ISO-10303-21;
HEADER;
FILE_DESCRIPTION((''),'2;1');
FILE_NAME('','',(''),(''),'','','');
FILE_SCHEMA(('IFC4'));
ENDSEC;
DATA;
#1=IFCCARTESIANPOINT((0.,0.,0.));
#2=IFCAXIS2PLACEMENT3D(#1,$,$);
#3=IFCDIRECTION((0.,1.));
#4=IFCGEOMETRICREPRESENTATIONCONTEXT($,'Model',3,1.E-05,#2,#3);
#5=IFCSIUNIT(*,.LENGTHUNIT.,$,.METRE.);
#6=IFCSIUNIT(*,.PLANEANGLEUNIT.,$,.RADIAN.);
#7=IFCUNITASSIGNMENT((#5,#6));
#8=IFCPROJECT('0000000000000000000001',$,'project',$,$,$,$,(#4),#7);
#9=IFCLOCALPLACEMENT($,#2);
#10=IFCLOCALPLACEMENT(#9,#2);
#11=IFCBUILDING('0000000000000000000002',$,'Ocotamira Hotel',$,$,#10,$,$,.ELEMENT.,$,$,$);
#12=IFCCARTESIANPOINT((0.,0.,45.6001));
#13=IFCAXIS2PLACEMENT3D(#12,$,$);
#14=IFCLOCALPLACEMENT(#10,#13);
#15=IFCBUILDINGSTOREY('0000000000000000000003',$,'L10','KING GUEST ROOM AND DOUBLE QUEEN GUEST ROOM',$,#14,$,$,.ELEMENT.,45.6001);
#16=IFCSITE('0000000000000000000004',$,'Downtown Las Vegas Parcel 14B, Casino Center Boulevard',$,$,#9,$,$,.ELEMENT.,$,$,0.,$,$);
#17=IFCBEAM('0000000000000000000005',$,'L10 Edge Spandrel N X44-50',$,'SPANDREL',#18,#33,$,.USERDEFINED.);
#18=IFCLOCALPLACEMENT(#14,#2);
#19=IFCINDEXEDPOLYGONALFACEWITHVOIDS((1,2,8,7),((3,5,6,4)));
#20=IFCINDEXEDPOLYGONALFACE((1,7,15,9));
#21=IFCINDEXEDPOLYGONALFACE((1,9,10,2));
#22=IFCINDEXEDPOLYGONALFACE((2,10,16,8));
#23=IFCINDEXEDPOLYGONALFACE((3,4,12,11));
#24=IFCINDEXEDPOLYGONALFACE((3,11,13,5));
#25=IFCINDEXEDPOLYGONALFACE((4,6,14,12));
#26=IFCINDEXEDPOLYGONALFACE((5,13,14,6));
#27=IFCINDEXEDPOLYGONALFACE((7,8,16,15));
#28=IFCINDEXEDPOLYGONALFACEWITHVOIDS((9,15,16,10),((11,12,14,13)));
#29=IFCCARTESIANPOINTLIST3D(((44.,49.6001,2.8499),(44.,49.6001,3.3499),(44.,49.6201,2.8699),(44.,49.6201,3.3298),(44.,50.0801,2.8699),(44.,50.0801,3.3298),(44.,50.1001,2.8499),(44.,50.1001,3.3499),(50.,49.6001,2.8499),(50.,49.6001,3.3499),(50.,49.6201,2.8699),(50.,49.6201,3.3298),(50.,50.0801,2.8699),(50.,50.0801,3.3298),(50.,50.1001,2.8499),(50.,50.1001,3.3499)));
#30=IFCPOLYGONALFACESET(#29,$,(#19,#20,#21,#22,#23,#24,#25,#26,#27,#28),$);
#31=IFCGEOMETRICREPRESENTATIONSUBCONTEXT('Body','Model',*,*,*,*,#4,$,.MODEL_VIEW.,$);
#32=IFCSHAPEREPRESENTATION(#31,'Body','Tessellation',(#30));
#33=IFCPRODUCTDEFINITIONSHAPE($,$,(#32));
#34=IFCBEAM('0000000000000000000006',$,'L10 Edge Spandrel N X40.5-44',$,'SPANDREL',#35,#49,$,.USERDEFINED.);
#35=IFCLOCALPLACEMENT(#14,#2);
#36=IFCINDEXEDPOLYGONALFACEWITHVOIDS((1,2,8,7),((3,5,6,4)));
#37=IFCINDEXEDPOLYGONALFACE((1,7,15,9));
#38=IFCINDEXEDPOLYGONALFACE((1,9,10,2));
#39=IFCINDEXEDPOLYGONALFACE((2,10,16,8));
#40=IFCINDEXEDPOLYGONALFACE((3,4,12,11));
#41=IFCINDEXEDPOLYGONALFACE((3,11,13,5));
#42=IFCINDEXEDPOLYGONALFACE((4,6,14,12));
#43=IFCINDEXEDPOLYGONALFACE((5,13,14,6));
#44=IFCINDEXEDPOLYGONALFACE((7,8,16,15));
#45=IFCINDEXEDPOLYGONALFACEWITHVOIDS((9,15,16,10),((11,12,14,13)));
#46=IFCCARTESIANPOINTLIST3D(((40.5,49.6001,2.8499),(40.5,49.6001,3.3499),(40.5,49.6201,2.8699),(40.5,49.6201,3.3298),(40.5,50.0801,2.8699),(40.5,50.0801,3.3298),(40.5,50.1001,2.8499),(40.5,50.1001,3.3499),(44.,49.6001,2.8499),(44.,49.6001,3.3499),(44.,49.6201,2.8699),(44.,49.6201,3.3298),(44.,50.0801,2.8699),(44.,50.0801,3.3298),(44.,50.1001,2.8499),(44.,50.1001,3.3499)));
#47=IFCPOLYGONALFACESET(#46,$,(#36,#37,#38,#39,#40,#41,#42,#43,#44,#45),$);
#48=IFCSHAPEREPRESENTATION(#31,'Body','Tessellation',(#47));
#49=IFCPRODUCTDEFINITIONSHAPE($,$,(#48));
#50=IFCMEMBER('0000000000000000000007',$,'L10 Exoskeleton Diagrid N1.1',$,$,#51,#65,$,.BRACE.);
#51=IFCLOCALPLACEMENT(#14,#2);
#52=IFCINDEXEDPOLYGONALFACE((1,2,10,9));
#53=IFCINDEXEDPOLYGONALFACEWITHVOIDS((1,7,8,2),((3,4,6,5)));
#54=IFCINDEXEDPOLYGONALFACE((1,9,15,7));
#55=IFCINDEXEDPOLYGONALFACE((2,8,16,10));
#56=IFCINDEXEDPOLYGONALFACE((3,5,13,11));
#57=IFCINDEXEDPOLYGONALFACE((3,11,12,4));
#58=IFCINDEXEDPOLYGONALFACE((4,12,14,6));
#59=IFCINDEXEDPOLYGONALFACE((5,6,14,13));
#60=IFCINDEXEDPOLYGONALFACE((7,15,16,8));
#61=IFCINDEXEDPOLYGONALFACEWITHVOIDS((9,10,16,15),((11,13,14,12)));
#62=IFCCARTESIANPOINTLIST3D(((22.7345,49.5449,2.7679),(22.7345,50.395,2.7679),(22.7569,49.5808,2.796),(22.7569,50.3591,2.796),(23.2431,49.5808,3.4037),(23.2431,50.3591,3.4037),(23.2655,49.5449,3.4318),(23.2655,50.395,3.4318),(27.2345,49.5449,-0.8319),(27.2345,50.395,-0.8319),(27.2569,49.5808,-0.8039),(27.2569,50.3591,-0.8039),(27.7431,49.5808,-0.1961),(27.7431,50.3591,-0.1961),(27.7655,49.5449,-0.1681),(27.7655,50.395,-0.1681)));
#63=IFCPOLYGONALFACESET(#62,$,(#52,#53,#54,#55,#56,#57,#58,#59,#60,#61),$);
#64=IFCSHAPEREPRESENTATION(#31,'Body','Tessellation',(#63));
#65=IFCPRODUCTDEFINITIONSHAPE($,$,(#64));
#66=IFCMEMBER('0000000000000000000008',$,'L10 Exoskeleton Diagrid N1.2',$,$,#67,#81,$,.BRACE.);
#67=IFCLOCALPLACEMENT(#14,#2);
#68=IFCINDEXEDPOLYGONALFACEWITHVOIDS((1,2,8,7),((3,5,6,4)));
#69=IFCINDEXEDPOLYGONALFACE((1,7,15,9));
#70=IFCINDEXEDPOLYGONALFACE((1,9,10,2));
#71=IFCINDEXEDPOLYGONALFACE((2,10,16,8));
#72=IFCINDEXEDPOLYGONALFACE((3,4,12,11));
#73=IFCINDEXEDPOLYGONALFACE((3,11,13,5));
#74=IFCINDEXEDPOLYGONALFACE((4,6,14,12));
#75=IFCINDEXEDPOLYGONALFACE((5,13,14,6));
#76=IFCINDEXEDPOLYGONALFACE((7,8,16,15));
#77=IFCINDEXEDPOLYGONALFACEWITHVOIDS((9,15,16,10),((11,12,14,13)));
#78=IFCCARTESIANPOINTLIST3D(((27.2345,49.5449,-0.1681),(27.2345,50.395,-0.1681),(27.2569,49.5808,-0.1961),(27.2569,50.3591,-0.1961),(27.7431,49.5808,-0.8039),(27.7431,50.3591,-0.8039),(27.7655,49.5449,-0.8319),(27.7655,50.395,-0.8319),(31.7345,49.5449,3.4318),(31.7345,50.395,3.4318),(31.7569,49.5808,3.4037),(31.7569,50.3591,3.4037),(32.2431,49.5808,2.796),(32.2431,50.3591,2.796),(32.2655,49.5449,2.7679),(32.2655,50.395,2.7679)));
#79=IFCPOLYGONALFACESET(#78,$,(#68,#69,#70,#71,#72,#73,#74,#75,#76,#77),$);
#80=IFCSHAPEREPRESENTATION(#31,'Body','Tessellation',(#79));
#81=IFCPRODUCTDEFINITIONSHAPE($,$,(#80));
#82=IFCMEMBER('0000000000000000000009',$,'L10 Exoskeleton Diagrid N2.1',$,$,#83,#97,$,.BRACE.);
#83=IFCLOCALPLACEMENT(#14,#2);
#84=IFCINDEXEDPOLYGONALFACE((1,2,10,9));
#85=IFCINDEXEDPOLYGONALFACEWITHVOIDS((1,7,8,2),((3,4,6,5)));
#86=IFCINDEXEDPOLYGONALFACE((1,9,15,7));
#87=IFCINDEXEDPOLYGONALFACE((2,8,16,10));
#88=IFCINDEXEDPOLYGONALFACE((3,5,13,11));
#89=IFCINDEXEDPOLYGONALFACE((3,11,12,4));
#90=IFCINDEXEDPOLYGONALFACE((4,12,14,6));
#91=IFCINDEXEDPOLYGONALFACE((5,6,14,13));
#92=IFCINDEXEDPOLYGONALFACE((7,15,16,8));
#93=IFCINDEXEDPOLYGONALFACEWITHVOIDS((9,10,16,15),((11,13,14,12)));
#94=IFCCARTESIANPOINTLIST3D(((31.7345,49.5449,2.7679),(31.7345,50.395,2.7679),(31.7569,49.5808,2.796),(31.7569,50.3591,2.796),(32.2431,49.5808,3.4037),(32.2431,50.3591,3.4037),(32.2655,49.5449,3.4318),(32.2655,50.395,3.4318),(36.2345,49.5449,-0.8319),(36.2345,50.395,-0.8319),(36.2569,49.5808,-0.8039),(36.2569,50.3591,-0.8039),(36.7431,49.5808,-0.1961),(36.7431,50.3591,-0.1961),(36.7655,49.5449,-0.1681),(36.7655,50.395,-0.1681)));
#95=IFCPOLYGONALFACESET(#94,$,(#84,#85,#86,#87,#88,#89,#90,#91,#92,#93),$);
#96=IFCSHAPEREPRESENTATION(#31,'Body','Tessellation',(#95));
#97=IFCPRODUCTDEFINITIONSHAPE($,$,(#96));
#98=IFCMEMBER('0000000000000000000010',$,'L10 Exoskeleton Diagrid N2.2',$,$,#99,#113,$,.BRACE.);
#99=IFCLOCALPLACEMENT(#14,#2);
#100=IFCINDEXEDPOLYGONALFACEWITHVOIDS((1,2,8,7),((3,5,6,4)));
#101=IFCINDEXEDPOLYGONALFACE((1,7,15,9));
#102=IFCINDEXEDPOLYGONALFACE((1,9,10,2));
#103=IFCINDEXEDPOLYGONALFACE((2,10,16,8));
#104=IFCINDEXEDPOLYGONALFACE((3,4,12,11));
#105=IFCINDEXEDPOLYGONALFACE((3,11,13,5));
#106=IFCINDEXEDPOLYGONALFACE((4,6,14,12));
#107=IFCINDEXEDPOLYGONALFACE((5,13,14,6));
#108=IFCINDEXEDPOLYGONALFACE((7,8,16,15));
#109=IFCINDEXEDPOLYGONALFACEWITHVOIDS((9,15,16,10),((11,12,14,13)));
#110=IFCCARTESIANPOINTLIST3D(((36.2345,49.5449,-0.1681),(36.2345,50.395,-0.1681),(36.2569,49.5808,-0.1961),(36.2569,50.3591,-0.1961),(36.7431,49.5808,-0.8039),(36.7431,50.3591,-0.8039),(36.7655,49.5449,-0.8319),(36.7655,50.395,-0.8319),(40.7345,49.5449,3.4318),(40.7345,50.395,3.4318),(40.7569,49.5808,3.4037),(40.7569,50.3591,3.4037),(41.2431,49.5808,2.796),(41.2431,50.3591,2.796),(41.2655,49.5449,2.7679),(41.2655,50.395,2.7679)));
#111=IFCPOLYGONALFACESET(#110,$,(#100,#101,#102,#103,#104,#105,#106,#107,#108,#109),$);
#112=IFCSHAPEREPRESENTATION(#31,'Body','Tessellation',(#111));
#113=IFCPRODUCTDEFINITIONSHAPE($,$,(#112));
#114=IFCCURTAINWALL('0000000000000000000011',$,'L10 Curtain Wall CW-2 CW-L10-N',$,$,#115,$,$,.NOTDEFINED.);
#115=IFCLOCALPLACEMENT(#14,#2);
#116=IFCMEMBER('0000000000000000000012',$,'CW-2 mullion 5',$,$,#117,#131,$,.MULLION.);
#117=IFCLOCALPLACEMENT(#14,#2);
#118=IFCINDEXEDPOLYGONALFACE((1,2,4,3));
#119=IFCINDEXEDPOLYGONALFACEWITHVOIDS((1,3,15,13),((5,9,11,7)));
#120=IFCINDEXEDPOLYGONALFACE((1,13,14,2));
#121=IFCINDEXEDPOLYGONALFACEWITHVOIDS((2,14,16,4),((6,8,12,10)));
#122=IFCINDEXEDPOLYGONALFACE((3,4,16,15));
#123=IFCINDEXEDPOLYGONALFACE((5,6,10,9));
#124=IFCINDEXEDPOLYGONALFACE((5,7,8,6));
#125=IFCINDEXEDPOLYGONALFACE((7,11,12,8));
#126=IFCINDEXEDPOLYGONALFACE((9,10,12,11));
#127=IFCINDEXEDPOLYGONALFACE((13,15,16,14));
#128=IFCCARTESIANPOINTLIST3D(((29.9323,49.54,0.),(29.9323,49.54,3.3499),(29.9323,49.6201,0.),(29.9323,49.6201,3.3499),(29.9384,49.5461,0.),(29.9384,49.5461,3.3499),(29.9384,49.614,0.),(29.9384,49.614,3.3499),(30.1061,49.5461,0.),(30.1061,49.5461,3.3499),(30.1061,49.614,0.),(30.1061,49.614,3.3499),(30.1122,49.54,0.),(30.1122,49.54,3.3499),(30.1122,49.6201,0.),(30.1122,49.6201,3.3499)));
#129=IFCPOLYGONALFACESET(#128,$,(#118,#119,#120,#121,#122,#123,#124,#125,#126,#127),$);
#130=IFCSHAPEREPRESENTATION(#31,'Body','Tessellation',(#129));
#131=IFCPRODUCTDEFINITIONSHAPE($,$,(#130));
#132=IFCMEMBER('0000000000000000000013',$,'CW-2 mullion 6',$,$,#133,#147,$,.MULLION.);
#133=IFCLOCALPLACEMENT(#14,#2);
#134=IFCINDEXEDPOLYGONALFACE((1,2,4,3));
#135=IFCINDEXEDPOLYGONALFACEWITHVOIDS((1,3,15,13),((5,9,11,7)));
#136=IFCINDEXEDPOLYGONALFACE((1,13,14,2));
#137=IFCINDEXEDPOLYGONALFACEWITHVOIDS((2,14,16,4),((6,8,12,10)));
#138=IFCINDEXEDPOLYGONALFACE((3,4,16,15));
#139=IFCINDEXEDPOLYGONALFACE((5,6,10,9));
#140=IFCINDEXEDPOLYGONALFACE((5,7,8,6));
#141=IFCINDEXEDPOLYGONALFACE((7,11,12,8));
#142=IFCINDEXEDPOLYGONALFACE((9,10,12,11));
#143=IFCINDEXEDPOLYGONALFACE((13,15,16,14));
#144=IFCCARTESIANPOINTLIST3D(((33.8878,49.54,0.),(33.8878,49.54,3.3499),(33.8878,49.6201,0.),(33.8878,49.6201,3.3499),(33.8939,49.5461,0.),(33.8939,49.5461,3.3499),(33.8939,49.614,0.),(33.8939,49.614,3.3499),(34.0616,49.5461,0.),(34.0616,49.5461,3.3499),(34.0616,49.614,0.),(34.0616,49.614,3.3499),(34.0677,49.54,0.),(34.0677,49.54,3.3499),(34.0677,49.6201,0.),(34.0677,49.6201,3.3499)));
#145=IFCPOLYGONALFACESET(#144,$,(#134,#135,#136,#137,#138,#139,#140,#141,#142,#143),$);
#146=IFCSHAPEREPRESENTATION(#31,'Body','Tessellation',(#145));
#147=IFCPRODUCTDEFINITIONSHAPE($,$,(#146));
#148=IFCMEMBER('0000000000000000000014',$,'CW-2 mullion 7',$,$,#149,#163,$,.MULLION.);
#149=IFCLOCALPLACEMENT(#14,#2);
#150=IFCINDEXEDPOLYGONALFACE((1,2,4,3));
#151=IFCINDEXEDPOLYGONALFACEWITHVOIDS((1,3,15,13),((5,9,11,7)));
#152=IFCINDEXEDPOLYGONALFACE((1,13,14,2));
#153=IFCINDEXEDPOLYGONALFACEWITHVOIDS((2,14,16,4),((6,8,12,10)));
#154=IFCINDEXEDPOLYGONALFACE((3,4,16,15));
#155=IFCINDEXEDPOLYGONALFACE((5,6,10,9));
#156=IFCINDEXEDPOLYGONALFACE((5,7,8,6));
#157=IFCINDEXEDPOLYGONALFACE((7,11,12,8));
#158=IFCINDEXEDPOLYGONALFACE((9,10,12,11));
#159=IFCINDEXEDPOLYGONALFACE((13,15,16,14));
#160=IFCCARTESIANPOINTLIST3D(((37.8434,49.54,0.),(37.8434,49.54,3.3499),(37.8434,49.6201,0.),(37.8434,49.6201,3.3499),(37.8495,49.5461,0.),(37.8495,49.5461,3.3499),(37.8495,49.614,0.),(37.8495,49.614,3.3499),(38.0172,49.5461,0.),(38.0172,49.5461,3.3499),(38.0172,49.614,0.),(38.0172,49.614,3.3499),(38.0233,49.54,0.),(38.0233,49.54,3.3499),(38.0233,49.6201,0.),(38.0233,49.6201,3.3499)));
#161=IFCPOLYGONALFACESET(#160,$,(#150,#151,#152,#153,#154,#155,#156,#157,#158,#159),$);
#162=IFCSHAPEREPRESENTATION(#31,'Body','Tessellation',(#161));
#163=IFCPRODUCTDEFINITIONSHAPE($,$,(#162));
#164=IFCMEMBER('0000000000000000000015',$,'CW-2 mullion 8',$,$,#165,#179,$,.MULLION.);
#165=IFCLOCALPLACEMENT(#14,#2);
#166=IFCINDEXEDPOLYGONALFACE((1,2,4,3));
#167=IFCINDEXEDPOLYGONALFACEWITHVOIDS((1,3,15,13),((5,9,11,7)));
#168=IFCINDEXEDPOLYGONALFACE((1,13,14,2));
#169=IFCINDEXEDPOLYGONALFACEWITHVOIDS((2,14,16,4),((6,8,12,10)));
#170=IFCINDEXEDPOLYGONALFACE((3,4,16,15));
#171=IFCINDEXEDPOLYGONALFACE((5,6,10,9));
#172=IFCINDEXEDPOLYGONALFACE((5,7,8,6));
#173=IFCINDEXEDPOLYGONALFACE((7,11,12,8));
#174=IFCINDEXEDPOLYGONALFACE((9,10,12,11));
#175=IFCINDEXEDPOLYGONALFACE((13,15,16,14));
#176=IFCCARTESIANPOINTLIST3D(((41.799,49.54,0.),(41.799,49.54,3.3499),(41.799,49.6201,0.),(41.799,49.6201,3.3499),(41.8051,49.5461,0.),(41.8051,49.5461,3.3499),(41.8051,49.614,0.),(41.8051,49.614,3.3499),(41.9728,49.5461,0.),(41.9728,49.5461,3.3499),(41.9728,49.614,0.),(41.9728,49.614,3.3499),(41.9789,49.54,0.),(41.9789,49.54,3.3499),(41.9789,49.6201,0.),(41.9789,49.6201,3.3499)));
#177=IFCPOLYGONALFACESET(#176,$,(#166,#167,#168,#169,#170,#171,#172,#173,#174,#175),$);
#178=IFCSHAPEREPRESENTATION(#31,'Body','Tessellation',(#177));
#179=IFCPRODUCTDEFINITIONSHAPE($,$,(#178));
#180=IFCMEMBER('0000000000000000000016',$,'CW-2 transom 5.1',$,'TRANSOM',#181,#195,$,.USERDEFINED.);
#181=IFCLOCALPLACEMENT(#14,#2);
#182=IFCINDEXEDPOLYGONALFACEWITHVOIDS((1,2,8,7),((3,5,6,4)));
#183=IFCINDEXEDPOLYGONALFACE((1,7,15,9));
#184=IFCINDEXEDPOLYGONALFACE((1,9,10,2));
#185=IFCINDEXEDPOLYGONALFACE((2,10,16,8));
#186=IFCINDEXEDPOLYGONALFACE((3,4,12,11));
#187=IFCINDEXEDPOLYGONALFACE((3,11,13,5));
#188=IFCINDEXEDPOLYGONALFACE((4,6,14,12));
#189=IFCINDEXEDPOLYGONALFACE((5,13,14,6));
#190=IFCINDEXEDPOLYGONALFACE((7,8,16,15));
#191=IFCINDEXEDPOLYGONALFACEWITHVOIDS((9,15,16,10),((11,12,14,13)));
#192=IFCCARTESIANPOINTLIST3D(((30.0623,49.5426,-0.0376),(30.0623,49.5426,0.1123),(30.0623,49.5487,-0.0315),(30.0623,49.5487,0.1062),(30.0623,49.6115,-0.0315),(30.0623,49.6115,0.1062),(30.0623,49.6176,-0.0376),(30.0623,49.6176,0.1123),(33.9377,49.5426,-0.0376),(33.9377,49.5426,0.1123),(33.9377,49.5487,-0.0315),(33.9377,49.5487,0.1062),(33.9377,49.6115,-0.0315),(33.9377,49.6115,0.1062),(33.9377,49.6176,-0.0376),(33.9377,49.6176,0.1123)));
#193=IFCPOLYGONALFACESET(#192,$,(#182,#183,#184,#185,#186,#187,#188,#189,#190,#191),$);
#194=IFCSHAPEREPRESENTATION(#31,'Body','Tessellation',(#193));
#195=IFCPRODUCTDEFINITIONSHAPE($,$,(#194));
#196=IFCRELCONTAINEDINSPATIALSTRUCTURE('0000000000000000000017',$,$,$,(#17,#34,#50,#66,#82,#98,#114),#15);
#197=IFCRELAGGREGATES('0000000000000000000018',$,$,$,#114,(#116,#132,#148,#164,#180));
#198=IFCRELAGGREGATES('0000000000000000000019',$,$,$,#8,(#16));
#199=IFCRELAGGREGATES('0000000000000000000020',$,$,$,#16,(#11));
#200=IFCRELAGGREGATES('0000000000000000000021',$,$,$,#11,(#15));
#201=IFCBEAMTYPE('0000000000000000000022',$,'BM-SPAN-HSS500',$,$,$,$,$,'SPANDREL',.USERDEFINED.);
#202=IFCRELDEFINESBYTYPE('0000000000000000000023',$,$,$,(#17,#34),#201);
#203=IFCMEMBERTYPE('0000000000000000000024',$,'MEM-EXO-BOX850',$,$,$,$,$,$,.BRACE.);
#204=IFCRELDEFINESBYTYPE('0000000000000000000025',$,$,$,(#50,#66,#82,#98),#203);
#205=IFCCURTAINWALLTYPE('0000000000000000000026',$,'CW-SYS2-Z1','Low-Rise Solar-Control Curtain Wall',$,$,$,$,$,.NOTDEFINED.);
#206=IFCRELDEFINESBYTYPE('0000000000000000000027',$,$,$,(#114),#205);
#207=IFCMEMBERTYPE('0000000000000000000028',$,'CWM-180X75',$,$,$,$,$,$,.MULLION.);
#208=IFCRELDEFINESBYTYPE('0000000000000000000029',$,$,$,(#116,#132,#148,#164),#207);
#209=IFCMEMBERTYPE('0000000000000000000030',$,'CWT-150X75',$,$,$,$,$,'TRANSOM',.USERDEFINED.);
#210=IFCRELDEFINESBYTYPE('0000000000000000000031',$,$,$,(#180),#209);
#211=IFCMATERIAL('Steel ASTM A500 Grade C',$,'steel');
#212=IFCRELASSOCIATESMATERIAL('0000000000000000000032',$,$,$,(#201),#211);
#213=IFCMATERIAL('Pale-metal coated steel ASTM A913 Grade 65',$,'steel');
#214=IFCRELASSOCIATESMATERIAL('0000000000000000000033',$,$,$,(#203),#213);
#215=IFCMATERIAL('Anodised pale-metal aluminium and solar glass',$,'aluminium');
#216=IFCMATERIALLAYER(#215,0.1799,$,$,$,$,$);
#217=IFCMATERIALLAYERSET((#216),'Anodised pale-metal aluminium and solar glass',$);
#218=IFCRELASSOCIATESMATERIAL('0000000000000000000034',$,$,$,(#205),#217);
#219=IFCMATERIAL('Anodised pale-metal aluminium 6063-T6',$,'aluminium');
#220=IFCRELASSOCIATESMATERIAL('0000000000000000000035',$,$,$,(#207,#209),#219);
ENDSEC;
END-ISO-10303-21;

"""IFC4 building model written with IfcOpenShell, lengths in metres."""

from ifc_helpers import new_model, si_unit, direction, frame, origin, origin_2d, place, context, subcontext, project, spatial, hollow_rectangle, extrude, source, transform, mapped, material, layer, layer_set, material_profile, profile_set, type_object, element, aggregate, save


model = new_model("IFC4")

# Units and contexts
model_context = context("Model", 3, precision=1e-05, world=origin(), true_north=direction((0.0, 1.0)))
body_context = subcontext(model_context, "Body", "Model", "MODEL_VIEW")
ifc_project = project(units=[si_unit("LENGTHUNIT", "METRE"), si_unit("PLANEANGLEUNIT", "RADIAN")], contexts=[model_context])

# Site, building, storey
site_placement = place(None, origin())
site = spatial("IfcSite", under=ifc_project, at=site_placement, Name="Downtown Las Vegas Parcel 14B, Casino Center Boulevard", CompositionType="ELEMENT", RefElevation=0.0)
building_placement = place(site_placement, origin())
building = spatial("IfcBuilding", under=site, at=building_placement, Name="Ocotamira Hotel", CompositionType="ELEMENT")
storey_placement = place(building_placement, frame((0.0, 0.0, 45.6001)))
storey = spatial("IfcBuildingStorey", under=building, at=storey_placement, Name="L10", Description="KING GUEST ROOM AND DOUBLE QUEEN GUEST ROOM", CompositionType="ELEMENT", Elevation=45.6001)

# Beams
ifc_material_1 = material(Name="Steel ASTM A500 Grade C", Category="steel")
ifc_material_profile_1 = material_profile(ifc_material_1, hollow_rectangle(XDim=0.5, YDim=0.5, WallThickness=0.02, at=origin_2d()), Name="HSS500X500X20")
ifc_profile_set_1 = profile_set([ifc_material_profile_1], Name="Steel ASTM A500 Grade C")
beam_type = type_object("IfcBeamType", Name="BM-SPAN-HSS500", ElementType="SPANDREL", PredefinedType="USERDEFINED", material=ifc_profile_set_1)
shared_shape_1 = source(origin(), body_context, "Body", "SweptSolid", [
    extrude(hollow_rectangle(XDim=0.5, YDim=0.5, WallThickness=0.02, at=origin_2d()), origin(), (0.0, 0.0, 1.0), 6.0),
])
beam_1_placement = place(storey_placement, frame((44.0, 49.8501, 3.0999), z_axis=(1.0, 0.0, 0.0), x_axis=(0.0, 1.0, 0.0)))
element("IfcBeam", 1, at=beam_1_placement, inside=storey, type_object=beam_type, Name="L10 Edge Spandrel N X44-50", ObjectType="SPANDREL", PredefinedType="USERDEFINED", context=body_context, shape_type="MappedRepresentation", body=[
    mapped(shared_shape_1, transform((0.0, 0.0, 0.0), scale=1.0)),
])
shared_shape_2 = source(origin(), body_context, "Body", "SweptSolid", [
    extrude(hollow_rectangle(XDim=0.5, YDim=0.5, WallThickness=0.02, at=origin_2d()), origin(), (0.0, 0.0, 1.0), 3.5),
])
beam_2_placement = place(storey_placement, frame((40.5, 49.8501, 3.0999), z_axis=(1.0, 0.0, 0.0), x_axis=(0.0, 1.0, 0.0)))
element("IfcBeam", 2, at=beam_2_placement, inside=storey, type_object=beam_type, Name="L10 Edge Spandrel N X40.5-44", ObjectType="SPANDREL", PredefinedType="USERDEFINED", context=body_context, shape_type="MappedRepresentation", body=[
    mapped(shared_shape_2, transform((0.0, 0.0, 0.0), scale=1.0)),
])

# Members
ifc_material_2 = material(Name="Pale-metal coated steel ASTM A913 Grade 65", Category="steel")
ifc_material_profile_2 = material_profile(ifc_material_2, hollow_rectangle(XDim=0.8501, YDim=0.8501, WallThickness=0.0359, at=origin_2d()), Name="BOX850X850X36")
ifc_profile_set_2 = profile_set([ifc_material_profile_2], Name="Pale-metal coated steel ASTM A913 Grade 65")
member_type_1 = type_object("IfcMemberType", Name="MEM-EXO-BOX850", PredefinedType="BRACE", material=ifc_profile_set_2)
shared_shape_3 = source(origin(), body_context, "Body", "SweptSolid", [
    extrude(hollow_rectangle(XDim=0.8501, YDim=0.8501, WallThickness=0.0359, at=origin_2d()), origin(), (0.0, 0.0, 1.0), 5.7627),
])
for number, where, z_axis, x_axis, name in (
    (3, (27.5, 49.97, -0.5), (-0.780881, 0.0, 0.62468), (0.0, -1.0, 0.0), "L10 Exoskeleton Diagrid N1.1"),
    (4, (27.5, 49.97, -0.5), (0.780881, 0.0, 0.62468), (0.0, 1.0, 0.0), "L10 Exoskeleton Diagrid N1.2"),
    (5, (36.5, 49.97, -0.5), (-0.780881, 0.0, 0.62468), (0.0, -1.0, 0.0), "L10 Exoskeleton Diagrid N2.1"),
    (6, (36.5, 49.97, -0.5), (0.780881, 0.0, 0.62468), (0.0, 1.0, 0.0), "L10 Exoskeleton Diagrid N2.2"),
):
    element("IfcMember", number, at=place(storey_placement, frame(where, z_axis=z_axis, x_axis=x_axis)), inside=storey, type_object=member_type_1, Name=name, PredefinedType="BRACE", context=body_context, shape_type="MappedRepresentation", body=[
        mapped(shared_shape_3, transform((0.0, 0.0, 0.0), scale=1.0)),
    ])

# Curtain wall, members
ifc_material_3 = material(Name="Anodised pale-metal aluminium and solar glass", Category="aluminium")
ifc_layer_1 = layer(ifc_material_3, 0.1799)
ifc_layer_set_1 = layer_set([ifc_layer_1], Name="Anodised pale-metal aluminium and solar glass")
curtain_wall_type = type_object("IfcCurtainWallType", Name="CW-SYS2-Z1", Description="Low-Rise Solar-Control Curtain Wall", PredefinedType="NOTDEFINED", material=ifc_layer_set_1)
curtain_wall_placement = place(storey_placement, origin())
curtain_wall = element("IfcCurtainWall", 7, at=curtain_wall_placement, inside=storey, type_object=curtain_wall_type, Name="L10 Curtain Wall CW-2 CW-L10-N", PredefinedType="NOTDEFINED")
ifc_material_4 = material(Name="Anodised pale-metal aluminium 6063-T6", Category="aluminium")
ifc_material_profile_3 = material_profile(ifc_material_4, hollow_rectangle(XDim=0.0801, YDim=0.1799, WallThickness=0.0061, at=origin_2d()), Name="HSS180X80X6")
ifc_profile_set_3 = profile_set([ifc_material_profile_3], Name="Anodised pale-metal aluminium 6063-T6")
member_type_2 = type_object("IfcMemberType", Name="CWM-180X75", PredefinedType="MULLION", material=ifc_profile_set_3)
shared_shape_4 = source(origin(), body_context, "Body", "SweptSolid", [
    extrude(hollow_rectangle(XDim=0.0801, YDim=0.1799, WallThickness=0.0061, at=origin_2d()), origin(), (0.0, 0.0, 1.0), 3.3499),
])
member_1_placement = place(storey_placement, frame((30.0222, 49.5801, 0.0), z_axis=(0.0, 0.0, 1.0), x_axis=(0.0, 1.0, 0.0)))
member_1 = element("IfcMember", 8, at=member_1_placement, type_object=member_type_2, Name="CW-2 mullion 5", PredefinedType="MULLION", context=body_context, shape_type="MappedRepresentation", body=[
    mapped(shared_shape_4, transform((0.0, 0.0, 0.0), scale=1.0)),
])
member_2_placement = place(storey_placement, frame((33.9778, 49.5801, 0.0), z_axis=(0.0, 0.0, 1.0), x_axis=(0.0, 1.0, 0.0)))
member_2 = element("IfcMember", 9, at=member_2_placement, type_object=member_type_2, Name="CW-2 mullion 6", PredefinedType="MULLION", context=body_context, shape_type="MappedRepresentation", body=[
    mapped(shared_shape_4, transform((0.0, 0.0, 0.0), scale=1.0)),
])
member_3_placement = place(storey_placement, frame((37.9333, 49.5801, 0.0), z_axis=(0.0, 0.0, 1.0), x_axis=(0.0, 1.0, 0.0)))
member_3 = element("IfcMember", 10, at=member_3_placement, type_object=member_type_2, Name="CW-2 mullion 7", PredefinedType="MULLION", context=body_context, shape_type="MappedRepresentation", body=[
    mapped(shared_shape_4, transform((0.0, 0.0, 0.0), scale=1.0)),
])
member_4_placement = place(storey_placement, frame((41.8889, 49.5801, 0.0), z_axis=(0.0, 0.0, 1.0), x_axis=(0.0, 1.0, 0.0)))
member_4 = element("IfcMember", 11, at=member_4_placement, type_object=member_type_2, Name="CW-2 mullion 8", PredefinedType="MULLION", context=body_context, shape_type="MappedRepresentation", body=[
    mapped(shared_shape_4, transform((0.0, 0.0, 0.0), scale=1.0)),
])
ifc_material_profile_4 = material_profile(ifc_material_4, hollow_rectangle(XDim=0.075, YDim=0.1499, WallThickness=0.0061, at=origin_2d()), Name="HSS150X75X6")
ifc_profile_set_4 = profile_set([ifc_material_profile_4], Name="Anodised pale-metal aluminium 6063-T6")
member_type_3 = type_object("IfcMemberType", Name="CWT-150X75", ElementType="TRANSOM", PredefinedType="USERDEFINED", material=ifc_profile_set_4)
shared_shape_5 = source(origin(), body_context, "Body", "SweptSolid", [
    extrude(hollow_rectangle(XDim=0.075, YDim=0.1499, WallThickness=0.0061, at=origin_2d()), origin(), (0.0, 0.0, 1.0), 3.8755),
])
member_5_placement = place(storey_placement, frame((30.0623, 49.5801, 0.0374), z_axis=(1.0, 0.0, 0.0), x_axis=(0.0, 1.0, 0.0)))
member_5 = element("IfcMember", 12, at=member_5_placement, type_object=member_type_3, Name="CW-2 transom 5.1", ObjectType="TRANSOM", PredefinedType="USERDEFINED", context=body_context, shape_type="MappedRepresentation", body=[
    mapped(shared_shape_5, transform((0.0, 0.0, 0.0), scale=1.0)),
])

aggregate(curtain_wall, [member_1, member_2, member_3, member_4, member_5])

save(model, "model.ifc")
